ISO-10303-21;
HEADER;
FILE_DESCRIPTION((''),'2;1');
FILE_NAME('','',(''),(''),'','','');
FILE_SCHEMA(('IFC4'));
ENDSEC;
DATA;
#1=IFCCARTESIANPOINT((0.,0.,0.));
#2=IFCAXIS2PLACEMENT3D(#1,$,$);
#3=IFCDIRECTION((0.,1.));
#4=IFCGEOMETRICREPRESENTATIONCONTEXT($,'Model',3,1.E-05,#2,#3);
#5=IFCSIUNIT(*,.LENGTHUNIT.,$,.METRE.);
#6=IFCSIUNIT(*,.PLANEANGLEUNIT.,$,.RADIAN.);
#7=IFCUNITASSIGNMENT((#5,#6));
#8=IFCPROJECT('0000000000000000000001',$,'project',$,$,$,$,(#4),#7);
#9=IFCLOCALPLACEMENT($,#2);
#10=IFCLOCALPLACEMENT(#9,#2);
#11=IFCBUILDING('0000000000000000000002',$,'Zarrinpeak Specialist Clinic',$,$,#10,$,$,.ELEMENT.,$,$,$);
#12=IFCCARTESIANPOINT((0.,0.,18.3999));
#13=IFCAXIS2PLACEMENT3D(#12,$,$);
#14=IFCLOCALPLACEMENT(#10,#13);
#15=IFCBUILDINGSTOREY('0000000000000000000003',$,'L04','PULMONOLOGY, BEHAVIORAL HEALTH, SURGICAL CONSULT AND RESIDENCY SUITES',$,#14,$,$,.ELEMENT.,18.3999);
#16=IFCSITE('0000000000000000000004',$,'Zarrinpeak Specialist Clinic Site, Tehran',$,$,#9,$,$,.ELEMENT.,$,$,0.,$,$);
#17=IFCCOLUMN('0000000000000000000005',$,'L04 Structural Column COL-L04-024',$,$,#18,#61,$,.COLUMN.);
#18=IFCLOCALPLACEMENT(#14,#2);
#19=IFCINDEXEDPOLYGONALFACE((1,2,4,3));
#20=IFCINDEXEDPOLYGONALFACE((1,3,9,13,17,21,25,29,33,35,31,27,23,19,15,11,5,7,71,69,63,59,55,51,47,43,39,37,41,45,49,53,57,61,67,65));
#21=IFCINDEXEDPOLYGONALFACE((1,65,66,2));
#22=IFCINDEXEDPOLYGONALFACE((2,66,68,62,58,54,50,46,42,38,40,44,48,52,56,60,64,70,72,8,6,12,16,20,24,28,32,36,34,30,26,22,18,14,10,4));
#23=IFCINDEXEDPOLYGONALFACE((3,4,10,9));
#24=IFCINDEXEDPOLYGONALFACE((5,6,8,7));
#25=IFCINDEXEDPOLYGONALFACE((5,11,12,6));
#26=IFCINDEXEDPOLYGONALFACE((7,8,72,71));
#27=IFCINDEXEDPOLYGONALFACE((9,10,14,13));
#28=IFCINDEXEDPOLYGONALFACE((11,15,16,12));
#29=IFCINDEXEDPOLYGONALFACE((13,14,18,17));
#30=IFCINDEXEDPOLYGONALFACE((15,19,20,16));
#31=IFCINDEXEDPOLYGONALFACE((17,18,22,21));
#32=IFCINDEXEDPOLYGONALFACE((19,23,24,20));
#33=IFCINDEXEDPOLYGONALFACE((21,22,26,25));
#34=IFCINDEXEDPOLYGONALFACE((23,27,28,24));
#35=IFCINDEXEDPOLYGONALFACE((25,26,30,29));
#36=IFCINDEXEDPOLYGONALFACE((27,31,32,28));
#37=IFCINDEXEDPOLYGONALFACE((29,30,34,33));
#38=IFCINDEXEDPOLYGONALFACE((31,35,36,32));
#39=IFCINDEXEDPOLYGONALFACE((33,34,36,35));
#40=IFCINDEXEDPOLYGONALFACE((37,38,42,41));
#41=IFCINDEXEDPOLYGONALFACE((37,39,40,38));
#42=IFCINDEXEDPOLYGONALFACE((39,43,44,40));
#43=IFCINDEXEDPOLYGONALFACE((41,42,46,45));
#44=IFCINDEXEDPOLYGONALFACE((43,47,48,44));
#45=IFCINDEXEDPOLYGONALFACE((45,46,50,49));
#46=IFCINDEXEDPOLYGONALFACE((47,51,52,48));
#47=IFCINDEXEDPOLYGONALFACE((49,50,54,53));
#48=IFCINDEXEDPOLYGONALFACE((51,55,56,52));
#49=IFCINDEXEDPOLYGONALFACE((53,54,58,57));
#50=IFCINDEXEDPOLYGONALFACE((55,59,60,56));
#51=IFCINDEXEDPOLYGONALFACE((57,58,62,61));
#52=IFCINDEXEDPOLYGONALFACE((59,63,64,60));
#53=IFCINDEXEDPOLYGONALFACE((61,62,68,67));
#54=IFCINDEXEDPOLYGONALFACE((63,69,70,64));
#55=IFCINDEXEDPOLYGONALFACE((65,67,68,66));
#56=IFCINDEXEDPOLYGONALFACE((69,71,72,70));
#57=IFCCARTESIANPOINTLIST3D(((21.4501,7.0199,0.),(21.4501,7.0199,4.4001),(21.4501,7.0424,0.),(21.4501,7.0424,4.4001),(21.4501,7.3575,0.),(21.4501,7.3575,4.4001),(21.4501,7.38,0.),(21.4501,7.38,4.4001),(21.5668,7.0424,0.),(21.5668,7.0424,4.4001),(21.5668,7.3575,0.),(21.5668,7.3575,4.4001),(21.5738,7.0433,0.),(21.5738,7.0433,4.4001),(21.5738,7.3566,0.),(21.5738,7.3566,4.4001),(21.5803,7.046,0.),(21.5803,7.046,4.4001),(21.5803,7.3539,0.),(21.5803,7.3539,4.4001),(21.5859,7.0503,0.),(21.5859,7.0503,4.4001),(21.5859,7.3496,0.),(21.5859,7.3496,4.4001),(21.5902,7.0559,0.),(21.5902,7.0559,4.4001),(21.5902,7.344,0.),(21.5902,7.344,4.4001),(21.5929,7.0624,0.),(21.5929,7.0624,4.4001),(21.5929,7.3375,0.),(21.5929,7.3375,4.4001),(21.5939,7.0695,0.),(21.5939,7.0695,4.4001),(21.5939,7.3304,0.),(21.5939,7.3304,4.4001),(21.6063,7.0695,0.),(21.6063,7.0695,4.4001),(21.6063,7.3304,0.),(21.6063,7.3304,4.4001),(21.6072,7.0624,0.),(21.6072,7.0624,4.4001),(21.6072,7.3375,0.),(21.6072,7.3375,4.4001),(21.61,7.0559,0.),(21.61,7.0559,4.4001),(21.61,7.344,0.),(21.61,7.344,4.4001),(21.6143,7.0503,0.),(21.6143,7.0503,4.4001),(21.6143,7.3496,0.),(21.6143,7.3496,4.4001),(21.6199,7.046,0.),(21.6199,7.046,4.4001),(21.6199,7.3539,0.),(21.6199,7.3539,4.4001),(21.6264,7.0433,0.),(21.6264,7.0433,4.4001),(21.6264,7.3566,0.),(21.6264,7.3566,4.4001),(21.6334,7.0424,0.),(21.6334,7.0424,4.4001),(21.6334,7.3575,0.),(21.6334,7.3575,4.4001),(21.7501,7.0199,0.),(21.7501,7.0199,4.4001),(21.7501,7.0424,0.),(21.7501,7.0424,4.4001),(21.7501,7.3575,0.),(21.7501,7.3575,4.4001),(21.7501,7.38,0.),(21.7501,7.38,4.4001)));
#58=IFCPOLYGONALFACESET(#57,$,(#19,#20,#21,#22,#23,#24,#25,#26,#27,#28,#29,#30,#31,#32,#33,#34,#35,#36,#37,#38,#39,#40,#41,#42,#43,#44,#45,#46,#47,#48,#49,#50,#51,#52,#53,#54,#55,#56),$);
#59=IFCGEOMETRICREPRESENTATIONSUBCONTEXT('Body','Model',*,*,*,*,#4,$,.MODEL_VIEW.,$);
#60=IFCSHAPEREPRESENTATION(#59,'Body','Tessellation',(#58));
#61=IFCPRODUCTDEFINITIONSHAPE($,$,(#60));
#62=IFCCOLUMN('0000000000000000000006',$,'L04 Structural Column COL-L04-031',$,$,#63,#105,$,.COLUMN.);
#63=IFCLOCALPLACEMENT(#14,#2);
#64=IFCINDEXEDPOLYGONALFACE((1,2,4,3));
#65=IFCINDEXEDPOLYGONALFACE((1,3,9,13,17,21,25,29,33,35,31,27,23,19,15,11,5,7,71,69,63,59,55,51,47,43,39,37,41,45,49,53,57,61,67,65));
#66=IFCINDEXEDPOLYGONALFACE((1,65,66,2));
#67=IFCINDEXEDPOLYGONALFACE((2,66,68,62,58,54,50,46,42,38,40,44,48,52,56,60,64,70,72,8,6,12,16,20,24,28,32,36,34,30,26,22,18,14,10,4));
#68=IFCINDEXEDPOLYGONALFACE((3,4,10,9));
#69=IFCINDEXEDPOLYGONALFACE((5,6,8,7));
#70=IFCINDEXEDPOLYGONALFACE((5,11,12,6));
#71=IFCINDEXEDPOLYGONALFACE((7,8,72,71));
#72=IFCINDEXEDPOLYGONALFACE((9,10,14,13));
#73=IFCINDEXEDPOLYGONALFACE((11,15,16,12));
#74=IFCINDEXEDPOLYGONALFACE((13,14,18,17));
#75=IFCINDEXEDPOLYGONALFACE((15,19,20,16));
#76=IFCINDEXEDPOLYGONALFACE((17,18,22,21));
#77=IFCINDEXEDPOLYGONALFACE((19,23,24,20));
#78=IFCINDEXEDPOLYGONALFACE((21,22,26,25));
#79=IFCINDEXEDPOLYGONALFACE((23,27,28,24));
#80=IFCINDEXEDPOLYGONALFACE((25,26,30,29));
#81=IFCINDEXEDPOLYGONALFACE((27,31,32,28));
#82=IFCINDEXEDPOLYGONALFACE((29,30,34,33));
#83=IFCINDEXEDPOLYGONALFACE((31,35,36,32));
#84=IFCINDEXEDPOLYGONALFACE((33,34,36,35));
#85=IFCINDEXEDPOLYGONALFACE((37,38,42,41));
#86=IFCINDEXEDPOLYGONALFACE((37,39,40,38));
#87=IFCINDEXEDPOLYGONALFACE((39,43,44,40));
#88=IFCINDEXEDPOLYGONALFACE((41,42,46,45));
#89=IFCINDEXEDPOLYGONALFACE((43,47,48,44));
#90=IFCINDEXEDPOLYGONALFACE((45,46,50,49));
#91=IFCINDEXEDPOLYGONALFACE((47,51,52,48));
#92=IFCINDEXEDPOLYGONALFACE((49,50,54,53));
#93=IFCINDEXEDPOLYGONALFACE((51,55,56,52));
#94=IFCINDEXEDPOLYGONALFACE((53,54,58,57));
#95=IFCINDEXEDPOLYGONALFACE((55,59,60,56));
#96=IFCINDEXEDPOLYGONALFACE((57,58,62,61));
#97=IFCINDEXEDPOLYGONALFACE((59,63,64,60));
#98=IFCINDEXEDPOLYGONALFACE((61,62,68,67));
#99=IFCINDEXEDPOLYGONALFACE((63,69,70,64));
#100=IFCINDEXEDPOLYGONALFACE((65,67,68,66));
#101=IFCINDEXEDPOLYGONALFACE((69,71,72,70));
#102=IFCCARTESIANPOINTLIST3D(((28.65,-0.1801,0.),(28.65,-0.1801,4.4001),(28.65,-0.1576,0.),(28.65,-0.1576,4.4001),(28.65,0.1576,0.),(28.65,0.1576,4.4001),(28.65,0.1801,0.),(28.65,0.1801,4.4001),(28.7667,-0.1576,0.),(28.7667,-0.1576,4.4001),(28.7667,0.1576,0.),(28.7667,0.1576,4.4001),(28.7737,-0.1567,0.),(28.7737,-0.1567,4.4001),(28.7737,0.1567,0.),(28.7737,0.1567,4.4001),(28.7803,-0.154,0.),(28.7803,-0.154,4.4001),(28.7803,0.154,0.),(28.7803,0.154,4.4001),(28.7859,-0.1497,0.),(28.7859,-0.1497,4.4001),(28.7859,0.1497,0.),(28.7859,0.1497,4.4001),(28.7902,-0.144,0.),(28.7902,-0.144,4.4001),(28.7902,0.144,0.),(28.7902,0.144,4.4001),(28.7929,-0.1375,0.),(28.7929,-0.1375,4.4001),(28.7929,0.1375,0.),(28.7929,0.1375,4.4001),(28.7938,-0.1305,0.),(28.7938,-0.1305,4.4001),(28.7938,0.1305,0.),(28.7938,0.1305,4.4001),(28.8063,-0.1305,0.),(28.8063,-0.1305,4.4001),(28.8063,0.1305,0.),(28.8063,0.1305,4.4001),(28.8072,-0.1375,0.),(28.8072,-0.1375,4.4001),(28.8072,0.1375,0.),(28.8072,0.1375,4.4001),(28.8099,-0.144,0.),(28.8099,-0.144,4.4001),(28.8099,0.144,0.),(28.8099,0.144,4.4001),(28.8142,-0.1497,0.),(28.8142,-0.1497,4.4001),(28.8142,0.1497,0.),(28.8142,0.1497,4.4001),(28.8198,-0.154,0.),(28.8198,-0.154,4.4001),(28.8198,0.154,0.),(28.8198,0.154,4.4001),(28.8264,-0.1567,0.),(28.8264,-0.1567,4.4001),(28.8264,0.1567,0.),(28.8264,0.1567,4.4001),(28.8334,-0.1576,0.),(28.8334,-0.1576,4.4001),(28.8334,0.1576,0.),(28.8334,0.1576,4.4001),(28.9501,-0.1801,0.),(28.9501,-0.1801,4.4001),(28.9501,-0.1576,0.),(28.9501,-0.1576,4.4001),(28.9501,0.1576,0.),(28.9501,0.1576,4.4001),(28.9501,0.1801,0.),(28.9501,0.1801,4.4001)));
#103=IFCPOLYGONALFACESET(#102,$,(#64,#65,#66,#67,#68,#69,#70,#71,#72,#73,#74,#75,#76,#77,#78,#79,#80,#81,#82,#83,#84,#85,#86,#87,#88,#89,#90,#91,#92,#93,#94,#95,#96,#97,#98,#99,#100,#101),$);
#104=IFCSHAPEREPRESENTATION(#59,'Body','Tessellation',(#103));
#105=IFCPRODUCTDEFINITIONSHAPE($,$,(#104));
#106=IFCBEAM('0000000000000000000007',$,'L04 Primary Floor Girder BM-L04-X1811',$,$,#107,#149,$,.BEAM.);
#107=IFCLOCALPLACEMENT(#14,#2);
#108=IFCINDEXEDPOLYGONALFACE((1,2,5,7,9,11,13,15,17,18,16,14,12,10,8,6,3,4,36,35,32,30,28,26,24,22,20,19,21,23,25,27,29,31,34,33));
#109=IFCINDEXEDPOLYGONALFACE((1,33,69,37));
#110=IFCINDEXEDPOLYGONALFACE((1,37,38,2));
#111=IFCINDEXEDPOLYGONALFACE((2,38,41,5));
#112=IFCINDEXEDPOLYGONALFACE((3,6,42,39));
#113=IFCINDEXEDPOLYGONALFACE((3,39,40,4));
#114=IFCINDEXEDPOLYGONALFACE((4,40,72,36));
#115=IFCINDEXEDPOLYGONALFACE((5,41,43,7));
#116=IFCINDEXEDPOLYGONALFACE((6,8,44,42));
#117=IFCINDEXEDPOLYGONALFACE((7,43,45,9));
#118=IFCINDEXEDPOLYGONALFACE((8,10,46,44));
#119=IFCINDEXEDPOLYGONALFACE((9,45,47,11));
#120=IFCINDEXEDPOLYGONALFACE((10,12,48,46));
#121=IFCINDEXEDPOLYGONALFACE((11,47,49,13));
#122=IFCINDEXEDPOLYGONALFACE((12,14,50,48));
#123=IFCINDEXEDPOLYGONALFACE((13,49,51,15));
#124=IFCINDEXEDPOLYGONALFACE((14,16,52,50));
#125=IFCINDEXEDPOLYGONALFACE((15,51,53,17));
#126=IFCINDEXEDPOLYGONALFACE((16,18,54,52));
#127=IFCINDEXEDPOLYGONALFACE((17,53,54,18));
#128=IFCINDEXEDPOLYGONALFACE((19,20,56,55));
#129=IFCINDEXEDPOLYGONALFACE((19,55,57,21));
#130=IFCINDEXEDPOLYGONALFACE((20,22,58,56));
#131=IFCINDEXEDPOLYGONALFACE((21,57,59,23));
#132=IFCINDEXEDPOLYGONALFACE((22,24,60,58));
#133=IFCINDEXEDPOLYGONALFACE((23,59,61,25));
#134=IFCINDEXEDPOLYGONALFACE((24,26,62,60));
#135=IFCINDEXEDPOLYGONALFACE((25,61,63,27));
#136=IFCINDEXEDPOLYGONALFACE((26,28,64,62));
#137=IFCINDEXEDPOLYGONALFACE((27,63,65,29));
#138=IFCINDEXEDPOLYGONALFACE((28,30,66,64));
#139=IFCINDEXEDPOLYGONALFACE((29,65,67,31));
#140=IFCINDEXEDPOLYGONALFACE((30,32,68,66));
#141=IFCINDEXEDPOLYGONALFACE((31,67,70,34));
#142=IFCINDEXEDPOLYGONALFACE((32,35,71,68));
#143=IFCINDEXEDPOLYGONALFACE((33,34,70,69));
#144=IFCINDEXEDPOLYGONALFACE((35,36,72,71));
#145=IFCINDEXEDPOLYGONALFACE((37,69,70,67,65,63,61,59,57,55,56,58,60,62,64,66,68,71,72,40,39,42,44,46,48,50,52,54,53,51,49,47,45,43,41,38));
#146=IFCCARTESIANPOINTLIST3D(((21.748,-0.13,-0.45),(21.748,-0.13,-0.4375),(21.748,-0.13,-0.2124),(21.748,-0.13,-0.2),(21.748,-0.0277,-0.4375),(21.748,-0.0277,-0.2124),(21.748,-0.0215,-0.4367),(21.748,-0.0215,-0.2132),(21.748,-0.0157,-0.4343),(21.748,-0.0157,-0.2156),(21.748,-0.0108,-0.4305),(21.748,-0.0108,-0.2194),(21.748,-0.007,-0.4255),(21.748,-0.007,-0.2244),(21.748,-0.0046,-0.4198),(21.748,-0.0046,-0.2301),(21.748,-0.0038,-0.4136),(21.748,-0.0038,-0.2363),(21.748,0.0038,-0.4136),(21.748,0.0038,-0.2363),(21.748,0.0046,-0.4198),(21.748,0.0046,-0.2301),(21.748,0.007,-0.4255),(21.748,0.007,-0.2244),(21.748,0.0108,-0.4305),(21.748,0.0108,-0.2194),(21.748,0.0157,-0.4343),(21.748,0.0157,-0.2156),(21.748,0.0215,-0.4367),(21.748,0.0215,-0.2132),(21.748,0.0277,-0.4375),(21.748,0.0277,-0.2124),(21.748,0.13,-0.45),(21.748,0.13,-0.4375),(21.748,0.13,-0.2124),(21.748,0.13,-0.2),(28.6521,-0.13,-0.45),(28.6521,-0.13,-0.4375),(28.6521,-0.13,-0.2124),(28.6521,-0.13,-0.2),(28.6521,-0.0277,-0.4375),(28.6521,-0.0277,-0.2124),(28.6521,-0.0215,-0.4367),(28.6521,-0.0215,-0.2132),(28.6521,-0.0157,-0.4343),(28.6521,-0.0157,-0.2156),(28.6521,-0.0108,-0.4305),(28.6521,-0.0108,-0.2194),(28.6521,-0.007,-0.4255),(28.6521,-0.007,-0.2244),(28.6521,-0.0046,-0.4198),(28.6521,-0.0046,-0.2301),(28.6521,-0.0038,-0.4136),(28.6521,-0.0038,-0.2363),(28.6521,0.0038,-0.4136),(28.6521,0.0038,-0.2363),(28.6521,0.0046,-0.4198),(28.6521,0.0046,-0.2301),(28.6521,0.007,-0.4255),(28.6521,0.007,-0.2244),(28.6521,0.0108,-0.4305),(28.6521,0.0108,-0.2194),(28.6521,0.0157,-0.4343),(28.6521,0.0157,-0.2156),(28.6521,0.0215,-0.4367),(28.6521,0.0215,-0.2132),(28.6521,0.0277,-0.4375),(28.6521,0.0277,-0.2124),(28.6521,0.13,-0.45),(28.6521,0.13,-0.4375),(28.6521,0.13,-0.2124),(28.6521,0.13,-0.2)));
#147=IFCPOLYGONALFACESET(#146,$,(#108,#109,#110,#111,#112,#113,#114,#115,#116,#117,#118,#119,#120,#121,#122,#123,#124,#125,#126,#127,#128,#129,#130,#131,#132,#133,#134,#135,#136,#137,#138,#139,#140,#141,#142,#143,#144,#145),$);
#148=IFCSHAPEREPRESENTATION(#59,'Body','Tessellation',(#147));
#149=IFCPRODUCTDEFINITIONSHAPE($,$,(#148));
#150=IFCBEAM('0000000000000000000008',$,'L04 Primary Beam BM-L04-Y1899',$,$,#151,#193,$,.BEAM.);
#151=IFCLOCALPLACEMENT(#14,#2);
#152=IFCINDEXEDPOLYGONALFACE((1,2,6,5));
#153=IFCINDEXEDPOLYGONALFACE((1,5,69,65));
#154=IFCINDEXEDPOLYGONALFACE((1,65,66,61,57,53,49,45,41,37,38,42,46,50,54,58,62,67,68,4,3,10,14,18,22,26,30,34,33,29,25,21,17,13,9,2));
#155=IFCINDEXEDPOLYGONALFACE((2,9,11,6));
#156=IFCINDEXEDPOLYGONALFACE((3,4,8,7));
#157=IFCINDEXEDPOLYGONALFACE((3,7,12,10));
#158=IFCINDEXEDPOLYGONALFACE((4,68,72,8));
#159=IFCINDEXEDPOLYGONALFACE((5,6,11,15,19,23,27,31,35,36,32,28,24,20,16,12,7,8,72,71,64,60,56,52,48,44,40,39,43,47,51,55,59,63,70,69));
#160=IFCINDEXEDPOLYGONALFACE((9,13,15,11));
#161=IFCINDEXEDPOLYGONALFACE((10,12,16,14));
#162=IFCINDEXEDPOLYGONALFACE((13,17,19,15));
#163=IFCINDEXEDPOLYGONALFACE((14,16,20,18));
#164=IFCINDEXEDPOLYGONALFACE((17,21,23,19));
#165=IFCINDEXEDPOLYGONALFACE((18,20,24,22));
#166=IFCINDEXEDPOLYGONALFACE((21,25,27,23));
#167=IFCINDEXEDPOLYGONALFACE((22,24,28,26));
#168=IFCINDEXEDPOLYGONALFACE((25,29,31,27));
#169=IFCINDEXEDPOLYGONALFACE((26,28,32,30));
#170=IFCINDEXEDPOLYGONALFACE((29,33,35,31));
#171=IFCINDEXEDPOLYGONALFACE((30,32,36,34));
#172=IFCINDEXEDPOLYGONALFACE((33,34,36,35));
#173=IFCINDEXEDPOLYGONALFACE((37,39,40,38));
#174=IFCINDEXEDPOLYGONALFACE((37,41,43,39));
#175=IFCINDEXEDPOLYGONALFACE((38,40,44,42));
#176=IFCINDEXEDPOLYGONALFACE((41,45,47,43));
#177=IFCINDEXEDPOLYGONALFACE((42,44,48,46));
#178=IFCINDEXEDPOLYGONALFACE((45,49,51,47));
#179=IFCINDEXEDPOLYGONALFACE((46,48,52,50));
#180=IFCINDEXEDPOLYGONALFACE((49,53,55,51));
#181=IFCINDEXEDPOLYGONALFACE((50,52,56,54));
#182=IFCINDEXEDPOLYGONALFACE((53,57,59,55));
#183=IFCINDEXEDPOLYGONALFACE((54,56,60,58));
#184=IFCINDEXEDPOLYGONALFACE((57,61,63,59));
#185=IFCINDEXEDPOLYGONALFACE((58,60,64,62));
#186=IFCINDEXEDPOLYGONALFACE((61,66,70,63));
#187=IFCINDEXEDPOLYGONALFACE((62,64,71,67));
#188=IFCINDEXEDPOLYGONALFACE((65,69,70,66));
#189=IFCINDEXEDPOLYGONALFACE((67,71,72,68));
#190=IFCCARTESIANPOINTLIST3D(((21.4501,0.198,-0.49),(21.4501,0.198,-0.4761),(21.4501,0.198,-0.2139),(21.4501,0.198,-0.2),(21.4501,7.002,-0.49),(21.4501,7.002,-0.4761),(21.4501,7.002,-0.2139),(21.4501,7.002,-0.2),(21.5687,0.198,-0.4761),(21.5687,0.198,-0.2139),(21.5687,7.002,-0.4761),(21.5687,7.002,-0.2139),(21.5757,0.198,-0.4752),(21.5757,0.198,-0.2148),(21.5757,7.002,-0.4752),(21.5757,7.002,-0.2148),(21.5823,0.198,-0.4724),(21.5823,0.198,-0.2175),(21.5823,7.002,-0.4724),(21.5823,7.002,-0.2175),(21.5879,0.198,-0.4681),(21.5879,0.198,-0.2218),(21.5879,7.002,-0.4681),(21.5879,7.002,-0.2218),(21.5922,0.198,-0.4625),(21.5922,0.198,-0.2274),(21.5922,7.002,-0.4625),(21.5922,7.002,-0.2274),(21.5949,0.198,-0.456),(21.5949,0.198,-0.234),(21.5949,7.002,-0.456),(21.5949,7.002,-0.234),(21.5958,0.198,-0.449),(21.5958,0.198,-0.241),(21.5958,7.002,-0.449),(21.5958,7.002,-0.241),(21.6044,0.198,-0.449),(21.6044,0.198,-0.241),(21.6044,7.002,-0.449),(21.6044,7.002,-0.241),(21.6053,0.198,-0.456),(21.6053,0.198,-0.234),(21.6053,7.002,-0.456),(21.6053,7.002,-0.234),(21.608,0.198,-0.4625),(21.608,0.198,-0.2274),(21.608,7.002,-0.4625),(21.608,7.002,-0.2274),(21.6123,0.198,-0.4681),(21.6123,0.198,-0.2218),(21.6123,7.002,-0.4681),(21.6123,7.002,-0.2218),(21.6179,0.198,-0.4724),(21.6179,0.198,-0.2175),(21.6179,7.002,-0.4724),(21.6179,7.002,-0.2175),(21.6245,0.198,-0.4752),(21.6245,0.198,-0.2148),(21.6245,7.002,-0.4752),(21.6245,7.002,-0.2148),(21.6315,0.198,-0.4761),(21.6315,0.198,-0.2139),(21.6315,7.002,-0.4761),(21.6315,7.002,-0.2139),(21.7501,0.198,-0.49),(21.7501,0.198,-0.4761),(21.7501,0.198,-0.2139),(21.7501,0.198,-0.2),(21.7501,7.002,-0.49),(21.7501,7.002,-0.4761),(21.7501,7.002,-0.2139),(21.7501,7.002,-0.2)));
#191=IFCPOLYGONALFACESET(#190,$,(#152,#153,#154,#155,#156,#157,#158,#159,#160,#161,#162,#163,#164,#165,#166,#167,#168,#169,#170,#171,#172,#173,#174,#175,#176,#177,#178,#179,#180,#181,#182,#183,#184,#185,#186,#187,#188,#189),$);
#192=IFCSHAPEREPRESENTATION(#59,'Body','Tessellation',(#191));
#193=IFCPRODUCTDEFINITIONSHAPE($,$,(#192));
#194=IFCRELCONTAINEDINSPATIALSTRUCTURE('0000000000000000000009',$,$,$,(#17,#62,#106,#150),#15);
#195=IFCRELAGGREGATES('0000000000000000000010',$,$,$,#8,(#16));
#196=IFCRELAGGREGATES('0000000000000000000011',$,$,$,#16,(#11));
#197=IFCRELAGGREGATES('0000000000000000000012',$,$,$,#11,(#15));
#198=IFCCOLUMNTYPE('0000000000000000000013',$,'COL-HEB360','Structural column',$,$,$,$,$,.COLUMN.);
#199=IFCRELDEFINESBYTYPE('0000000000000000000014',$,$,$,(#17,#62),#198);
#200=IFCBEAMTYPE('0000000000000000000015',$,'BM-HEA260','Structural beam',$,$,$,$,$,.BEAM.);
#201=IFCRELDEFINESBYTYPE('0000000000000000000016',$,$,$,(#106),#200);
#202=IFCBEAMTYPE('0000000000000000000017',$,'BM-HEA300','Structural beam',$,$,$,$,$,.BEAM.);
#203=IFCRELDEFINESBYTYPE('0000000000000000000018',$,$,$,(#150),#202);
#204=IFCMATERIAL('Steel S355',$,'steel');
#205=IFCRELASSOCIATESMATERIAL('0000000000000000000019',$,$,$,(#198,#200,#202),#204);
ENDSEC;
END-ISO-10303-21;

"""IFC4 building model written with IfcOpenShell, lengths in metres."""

from ifc_helpers import new_model, si_unit, direction, frame, origin, origin_2d, place, context, subcontext, project, spatial, i_section, extrude, material, material_profile, profile_set, type_object, element, save


model = new_model("IFC4")

# Units and contexts
model_context = context("Model", 3, precision=1e-05, world=origin(), true_north=direction((0.0, 1.0)))
body_context = subcontext(model_context, "Body", "Model", "MODEL_VIEW")
ifc_project = project(units=[si_unit("LENGTHUNIT", "METRE"), si_unit("PLANEANGLEUNIT", "RADIAN")], contexts=[model_context])

# Site, building, storey
site_placement = place(None, origin())
site = spatial("IfcSite", under=ifc_project, at=site_placement, Name="Zarrinpeak Specialist Clinic Site, Tehran", CompositionType="ELEMENT", RefElevation=0.0)
building_placement = place(site_placement, origin())
building = spatial("IfcBuilding", under=site, at=building_placement, Name="Zarrinpeak Specialist Clinic", CompositionType="ELEMENT")
storey_placement = place(building_placement, frame((0.0, 0.0, 18.3999)))
storey = spatial("IfcBuildingStorey", under=building, at=storey_placement, Name="L04", Description="PULMONOLOGY, BEHAVIORAL HEALTH, SURGICAL CONSULT AND RESIDENCY SUITES", CompositionType="ELEMENT", Elevation=18.3999)

# Columns
ifc_material_1 = material(Name="Steel S355", Category="steel")
ifc_material_profile_1 = material_profile(ifc_material_1, i_section(OverallWidth=0.3, OverallDepth=0.3601, WebThickness=0.0125, FlangeThickness=0.0225, FilletRadius=0.0271, at=origin_2d()), Name="HEB 360")
ifc_profile_set_1 = profile_set([ifc_material_profile_1], Name="Steel S355")
column_type = type_object("IfcColumnType", Name="COL-HEB360", Description="Structural column", PredefinedType="COLUMN", material=ifc_profile_set_1)
for number, where, z_axis, x_axis, name in (
    (1, (21.6001, 7.2, 0.0), (0.0, 0.0, 1.0), (1.0, 0.0, 0.0), "L04 Structural Column COL-L04-024"),
    (2, (28.8, 0.0, 0.0), (0.0, 0.0, 1.0), (1.0, 0.0, 0.0), "L04 Structural Column COL-L04-031"),
):
    element("IfcColumn", number, at=place(storey_placement, frame(where, z_axis=z_axis, x_axis=x_axis)), inside=storey, type_object=column_type, Name=name, PredefinedType="COLUMN", context=body_context, shape_type="SweptSolid", body=[
        extrude(i_section(OverallWidth=0.3, OverallDepth=0.3601, WebThickness=0.0125, FlangeThickness=0.0225, FilletRadius=0.0271, at=origin_2d()), origin(), (0.0, 0.0, 1.0), 4.4001),
    ])

# Beams
ifc_material_profile_2 = material_profile(ifc_material_1, i_section(OverallWidth=0.26, OverallDepth=0.25, WebThickness=0.0076, FlangeThickness=0.0125, FilletRadius=0.0239, at=origin_2d()), Name="HEA 260")
ifc_profile_set_2 = profile_set([ifc_material_profile_2], Name="Steel S355")
beam_type_1 = type_object("IfcBeamType", Name="BM-HEA260", Description="Structural beam", PredefinedType="BEAM", material=ifc_profile_set_2)
beam_placement = place(storey_placement, frame((21.748, 0.0, -0.325), z_axis=(1.0, 0.0, 0.0), x_axis=(0.0, 1.0, 0.0)))
element("IfcBeam", 3, at=beam_placement, inside=storey, type_object=beam_type_1, Name="L04 Primary Floor Girder BM-L04-X1811", PredefinedType="BEAM", context=body_context, shape_type="SweptSolid", body=[
    extrude(i_section(OverallWidth=0.26, OverallDepth=0.25, WebThickness=0.0076, FlangeThickness=0.0125, FilletRadius=0.0239, at=origin_2d()), origin(), (0.0, 0.0, 1.0), 6.9041),
])
ifc_material_profile_3 = material_profile(ifc_material_1, i_section(OverallWidth=0.3, OverallDepth=0.29, WebThickness=0.0085, FlangeThickness=0.0139, FilletRadius=0.0271, at=origin_2d()), Name="HEA 300")
ifc_profile_set_3 = profile_set([ifc_material_profile_3], Name="Steel S355")
beam_type_2 = type_object("IfcBeamType", Name="BM-HEA300", Description="Structural beam", PredefinedType="BEAM", material=ifc_profile_set_3)
for number, where, z_axis, x_axis, name in (
    (4, (21.6001, 0.198, -0.345), (0.0, 1.0, 0.0), (-1.0, 0.0, 0.0), "L04 Primary Beam BM-L04-Y1899"),
):
    element("IfcBeam", number, at=place(storey_placement, frame(where, z_axis=z_axis, x_axis=x_axis)), inside=storey, type_object=beam_type_2, Name=name, PredefinedType="BEAM", context=body_context, shape_type="SweptSolid", body=[
        extrude(i_section(OverallWidth=0.3, OverallDepth=0.29, WebThickness=0.0085, FlangeThickness=0.0139, FilletRadius=0.0271, at=origin_2d()), origin(), (0.0, 0.0, 1.0), 6.804),
    ])

save(model, "model.ifc")
